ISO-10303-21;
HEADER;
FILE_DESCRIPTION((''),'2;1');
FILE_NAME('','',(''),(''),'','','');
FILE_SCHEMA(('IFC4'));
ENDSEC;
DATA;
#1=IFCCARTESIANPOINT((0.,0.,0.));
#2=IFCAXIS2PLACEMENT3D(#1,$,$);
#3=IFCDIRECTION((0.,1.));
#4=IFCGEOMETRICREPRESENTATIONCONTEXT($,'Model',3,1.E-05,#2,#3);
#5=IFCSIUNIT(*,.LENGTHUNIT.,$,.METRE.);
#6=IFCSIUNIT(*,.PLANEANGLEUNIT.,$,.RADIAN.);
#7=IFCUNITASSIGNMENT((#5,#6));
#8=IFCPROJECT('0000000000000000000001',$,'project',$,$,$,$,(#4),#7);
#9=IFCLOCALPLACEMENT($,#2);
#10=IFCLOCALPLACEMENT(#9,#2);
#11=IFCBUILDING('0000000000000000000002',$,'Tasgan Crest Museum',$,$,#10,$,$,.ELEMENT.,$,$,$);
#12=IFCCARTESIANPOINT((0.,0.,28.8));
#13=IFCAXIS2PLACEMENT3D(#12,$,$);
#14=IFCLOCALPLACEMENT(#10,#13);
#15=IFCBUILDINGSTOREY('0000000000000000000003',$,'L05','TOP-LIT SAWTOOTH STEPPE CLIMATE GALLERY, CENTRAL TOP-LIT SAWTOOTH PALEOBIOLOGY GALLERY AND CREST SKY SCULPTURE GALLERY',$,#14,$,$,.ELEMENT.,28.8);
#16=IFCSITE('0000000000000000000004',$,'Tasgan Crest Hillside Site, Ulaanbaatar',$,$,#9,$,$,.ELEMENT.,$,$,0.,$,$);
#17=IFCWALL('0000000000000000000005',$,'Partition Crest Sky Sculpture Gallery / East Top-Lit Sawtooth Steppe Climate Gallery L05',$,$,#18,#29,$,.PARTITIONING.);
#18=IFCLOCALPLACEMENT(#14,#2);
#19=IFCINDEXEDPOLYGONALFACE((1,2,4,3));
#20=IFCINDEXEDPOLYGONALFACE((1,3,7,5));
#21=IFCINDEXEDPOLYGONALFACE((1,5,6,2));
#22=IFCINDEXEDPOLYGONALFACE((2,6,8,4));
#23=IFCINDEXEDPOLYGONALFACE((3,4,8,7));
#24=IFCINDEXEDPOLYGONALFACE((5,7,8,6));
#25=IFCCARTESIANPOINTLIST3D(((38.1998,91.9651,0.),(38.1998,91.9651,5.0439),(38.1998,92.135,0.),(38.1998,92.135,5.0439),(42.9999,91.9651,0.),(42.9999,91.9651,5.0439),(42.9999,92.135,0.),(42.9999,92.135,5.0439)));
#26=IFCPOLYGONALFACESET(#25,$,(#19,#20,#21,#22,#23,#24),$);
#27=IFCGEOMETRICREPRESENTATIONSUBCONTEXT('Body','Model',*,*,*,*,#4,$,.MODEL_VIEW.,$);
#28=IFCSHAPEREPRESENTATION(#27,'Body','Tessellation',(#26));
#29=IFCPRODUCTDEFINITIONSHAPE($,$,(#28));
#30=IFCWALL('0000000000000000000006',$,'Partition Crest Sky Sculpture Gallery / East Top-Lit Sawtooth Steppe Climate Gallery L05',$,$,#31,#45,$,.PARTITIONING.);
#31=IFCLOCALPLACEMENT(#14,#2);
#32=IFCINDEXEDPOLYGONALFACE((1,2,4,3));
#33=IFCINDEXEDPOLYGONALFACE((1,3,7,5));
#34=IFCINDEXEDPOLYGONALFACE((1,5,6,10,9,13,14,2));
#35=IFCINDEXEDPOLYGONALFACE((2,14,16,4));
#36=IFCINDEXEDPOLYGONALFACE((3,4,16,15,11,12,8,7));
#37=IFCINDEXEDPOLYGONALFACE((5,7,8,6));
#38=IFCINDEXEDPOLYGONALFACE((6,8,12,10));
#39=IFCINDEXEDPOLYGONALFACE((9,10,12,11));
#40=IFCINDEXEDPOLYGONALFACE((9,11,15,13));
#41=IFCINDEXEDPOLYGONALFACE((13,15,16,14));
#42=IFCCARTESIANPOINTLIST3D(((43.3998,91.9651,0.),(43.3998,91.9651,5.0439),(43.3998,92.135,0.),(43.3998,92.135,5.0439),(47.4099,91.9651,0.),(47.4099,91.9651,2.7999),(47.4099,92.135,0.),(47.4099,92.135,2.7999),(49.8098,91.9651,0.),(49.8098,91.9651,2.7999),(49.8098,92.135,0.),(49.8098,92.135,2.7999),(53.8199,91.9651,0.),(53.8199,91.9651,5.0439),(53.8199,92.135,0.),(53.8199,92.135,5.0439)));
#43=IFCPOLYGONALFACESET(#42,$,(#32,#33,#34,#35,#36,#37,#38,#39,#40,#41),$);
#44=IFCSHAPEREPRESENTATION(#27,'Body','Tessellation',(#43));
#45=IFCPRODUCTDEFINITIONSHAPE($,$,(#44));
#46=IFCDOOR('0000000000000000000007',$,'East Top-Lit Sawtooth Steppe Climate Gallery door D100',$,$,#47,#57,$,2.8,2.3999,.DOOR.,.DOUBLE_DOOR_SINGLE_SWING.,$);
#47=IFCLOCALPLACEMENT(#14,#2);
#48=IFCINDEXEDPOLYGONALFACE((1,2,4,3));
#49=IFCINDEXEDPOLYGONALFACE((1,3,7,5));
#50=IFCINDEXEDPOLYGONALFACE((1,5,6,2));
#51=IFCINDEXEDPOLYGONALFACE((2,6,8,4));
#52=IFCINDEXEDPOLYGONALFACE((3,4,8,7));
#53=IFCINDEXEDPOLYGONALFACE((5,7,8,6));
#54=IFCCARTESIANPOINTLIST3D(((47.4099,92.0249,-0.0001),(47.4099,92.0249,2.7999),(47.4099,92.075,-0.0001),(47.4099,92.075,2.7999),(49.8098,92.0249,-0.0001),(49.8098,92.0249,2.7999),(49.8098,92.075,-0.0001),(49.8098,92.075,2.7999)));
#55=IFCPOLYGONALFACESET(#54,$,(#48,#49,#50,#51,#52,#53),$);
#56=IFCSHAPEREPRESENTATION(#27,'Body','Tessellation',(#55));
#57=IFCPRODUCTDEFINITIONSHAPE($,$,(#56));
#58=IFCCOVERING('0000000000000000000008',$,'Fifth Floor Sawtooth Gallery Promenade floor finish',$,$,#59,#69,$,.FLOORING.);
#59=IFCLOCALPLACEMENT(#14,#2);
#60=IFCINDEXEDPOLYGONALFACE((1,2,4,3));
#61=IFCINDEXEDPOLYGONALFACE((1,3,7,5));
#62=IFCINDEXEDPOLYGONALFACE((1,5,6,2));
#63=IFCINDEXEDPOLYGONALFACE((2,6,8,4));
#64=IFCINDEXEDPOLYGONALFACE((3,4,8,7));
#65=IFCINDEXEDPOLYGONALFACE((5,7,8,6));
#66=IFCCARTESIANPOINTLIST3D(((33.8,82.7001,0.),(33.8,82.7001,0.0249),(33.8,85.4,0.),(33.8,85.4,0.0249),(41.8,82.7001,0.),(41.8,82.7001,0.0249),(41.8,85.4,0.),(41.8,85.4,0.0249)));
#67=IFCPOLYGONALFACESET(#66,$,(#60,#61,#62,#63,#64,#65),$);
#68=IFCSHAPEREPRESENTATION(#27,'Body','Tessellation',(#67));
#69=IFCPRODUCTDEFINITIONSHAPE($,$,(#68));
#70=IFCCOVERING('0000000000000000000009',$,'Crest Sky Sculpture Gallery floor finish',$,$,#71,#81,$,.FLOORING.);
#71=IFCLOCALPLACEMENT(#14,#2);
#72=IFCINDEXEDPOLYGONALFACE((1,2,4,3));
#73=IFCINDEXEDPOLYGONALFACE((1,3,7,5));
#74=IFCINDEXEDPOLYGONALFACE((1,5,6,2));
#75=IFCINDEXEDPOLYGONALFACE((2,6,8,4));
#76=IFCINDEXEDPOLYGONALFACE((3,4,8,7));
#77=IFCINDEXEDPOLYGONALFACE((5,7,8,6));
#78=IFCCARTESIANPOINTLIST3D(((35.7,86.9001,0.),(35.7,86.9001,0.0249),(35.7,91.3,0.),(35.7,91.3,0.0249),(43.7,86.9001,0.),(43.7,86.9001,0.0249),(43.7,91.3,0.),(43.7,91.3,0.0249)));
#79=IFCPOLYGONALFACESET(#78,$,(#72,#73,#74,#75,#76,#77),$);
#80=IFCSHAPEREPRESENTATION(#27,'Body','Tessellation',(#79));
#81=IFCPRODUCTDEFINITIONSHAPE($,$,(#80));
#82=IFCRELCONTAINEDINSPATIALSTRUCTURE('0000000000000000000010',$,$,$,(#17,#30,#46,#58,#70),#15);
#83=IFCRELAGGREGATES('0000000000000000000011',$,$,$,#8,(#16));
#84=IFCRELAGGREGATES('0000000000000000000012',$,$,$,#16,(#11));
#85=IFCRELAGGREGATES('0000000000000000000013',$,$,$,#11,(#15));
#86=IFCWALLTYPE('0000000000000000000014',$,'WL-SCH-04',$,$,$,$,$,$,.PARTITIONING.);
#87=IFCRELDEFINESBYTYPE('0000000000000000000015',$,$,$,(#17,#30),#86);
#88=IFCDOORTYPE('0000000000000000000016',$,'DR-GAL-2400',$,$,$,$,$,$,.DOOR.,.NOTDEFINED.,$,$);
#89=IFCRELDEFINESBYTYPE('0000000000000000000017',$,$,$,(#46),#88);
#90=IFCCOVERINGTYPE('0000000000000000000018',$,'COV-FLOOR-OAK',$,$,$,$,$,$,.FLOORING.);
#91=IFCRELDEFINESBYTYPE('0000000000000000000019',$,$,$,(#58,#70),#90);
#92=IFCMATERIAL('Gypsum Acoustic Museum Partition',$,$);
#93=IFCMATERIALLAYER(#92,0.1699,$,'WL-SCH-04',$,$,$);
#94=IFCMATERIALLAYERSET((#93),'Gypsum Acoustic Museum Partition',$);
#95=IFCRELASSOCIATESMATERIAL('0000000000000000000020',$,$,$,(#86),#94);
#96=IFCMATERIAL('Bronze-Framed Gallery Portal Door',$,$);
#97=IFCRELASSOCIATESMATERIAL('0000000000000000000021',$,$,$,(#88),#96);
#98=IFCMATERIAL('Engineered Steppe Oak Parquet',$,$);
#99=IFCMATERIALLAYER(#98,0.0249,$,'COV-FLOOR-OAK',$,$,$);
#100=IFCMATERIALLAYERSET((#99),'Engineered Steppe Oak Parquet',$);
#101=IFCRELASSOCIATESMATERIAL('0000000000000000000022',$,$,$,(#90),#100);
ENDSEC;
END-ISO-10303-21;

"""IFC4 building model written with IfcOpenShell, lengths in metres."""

from ifc_helpers import new_model, si_unit, direction, frame, frame_2d, origin, origin_2d, place, context, subcontext, project, spatial, rectangle, extrude, material, layer, layer_set, type_object, element, fill, save


model = new_model("IFC4")

# Units and contexts
model_context = context("Model", 3, precision=1e-05, world=origin(), true_north=direction((0.0, 1.0)))
body_context = subcontext(model_context, "Body", "Model", "MODEL_VIEW")
ifc_project = project(units=[si_unit("LENGTHUNIT", "METRE"), si_unit("PLANEANGLEUNIT", "RADIAN")], contexts=[model_context])

# Site, building, storey
site_placement = place(None, origin())
site = spatial("IfcSite", under=ifc_project, at=site_placement, Name="Tasgan Crest Hillside Site, Ulaanbaatar", CompositionType="ELEMENT", RefElevation=0.0)
building_placement = place(site_placement, origin())
building = spatial("IfcBuilding", under=site, at=building_placement, Name="Tasgan Crest Museum", CompositionType="ELEMENT")
storey_placement = place(building_placement, frame((0.0, 0.0, 28.8)))
storey = spatial("IfcBuildingStorey", under=building, at=storey_placement, Name="L05", Description="TOP-LIT SAWTOOTH STEPPE CLIMATE GALLERY, CENTRAL TOP-LIT SAWTOOTH PALEOBIOLOGY GALLERY AND CREST SKY SCULPTURE GALLERY", CompositionType="ELEMENT", Elevation=28.8)

# Wall
ifc_material_1 = material(Name="Gypsum Acoustic Museum Partition")
ifc_layer_1 = layer(ifc_material_1, 0.1699, Name="WL-SCH-04")
ifc_layer_set_1 = layer_set([ifc_layer_1], Name="Gypsum Acoustic Museum Partition")
wall_type_1 = type_object("IfcWallType", Name="WL-SCH-04", PredefinedType="PARTITIONING", material=ifc_layer_set_1)
wall_1_placement = place(storey_placement, frame((38.2, 92.05, 0.0), z_axis=(0.0, 0.0, 1.0), x_axis=(1.0, 0.0, 0.0)))
element("IfcWall", 1, at=wall_1_placement, inside=storey, type_object=wall_type_1, Name="Partition Crest Sky Sculpture Gallery / East Top-Lit Sawtooth Steppe Climate Gallery L05", PredefinedType="PARTITIONING", context=body_context, shape_type="SweptSolid", body=[
    extrude(rectangle(XDim=4.8, YDim=0.1699, at=frame_2d((2.3999, 0.0))), origin(), (0.0, 0.0, 1.0), 5.0439),
])

# Wall, opening, door
wall_2_placement = place(storey_placement, frame((43.3999, 92.05, 0.0), z_axis=(0.0, 0.0, 1.0), x_axis=(1.0, 0.0, 0.0)))
wall_2 = element("IfcWall", 2, at=wall_2_placement, inside=storey, type_object=wall_type_1, Name="Partition Crest Sky Sculpture Gallery / East Top-Lit Sawtooth Steppe Climate Gallery L05", PredefinedType="PARTITIONING", context=body_context, shape_type="SweptSolid", body=[
    extrude(rectangle(XDim=10.4202, YDim=0.1699, at=frame_2d((5.21, 0.0))), origin(), (0.0, 0.0, 1.0), 5.0439),
])
opening_1_placement = place(wall_2_placement, frame((4.01, 0.0, 0.0)))
opening_1 = element("IfcOpeningElement", 3, at=opening_1_placement, cuts=wall_2, PredefinedType="OPENING", context=body_context, shape_type="SweptSolid", body=[
    extrude(rectangle(XDim=2.3999, YDim=2.8, at=frame_2d((1.2, 1.3999))), frame((0.0, 0.095, 0.0), z_axis=(0.0, -1.0, 0.0), x_axis=(1.0, 0.0, 0.0)), (0.0, 0.0, 1.0), 0.1899),
])
ifc_material_2 = material(Name="Bronze-Framed Gallery Portal Door")
door_type = type_object("IfcDoorType", Name="DR-GAL-2400", OperationType="NOTDEFINED", PredefinedType="DOOR", material=ifc_material_2)
door_placement = place(opening_1_placement, origin())
door = element("IfcDoor", 4, at=door_placement, inside=storey, type_object=door_type, Name="East Top-Lit Sawtooth Steppe Climate Gallery door D100", OperationType="DOUBLE_DOOR_SINGLE_SWING", OverallHeight=2.8, OverallWidth=2.3999, PredefinedType="DOOR", context=body_context, shape_type="SweptSolid", body=[
    extrude(rectangle(XDim=2.3999, YDim=2.8, at=frame_2d((1.2, 1.3999))), frame((0.0, 0.0249, 0.0), z_axis=(0.0, -1.0, 0.0), x_axis=(1.0, 0.0, 0.0)), (0.0, 0.0, 1.0), 0.05),
])
fill(opening_1, door)

# Coverings
ifc_material_3 = material(Name="Engineered Steppe Oak Parquet")
ifc_layer_2 = layer(ifc_material_3, 0.0249, Name="COV-FLOOR-OAK")
ifc_layer_set_2 = layer_set([ifc_layer_2], Name="Engineered Steppe Oak Parquet")
covering_type = type_object("IfcCoveringType", Name="COV-FLOOR-OAK", PredefinedType="FLOORING", material=ifc_layer_set_2)
covering_1_placement = place(storey_placement, frame((37.8, 84.05, 0.0), z_axis=(0.0, 0.0, 1.0), x_axis=(1.0, 0.0, 0.0)))
element("IfcCovering", 5, at=covering_1_placement, inside=storey, type_object=covering_type, Name="Fifth Floor Sawtooth Gallery Promenade floor finish", PredefinedType="FLOORING", context=body_context, shape_type="SweptSolid", body=[
    extrude(rectangle(XDim=8.0, YDim=2.7, at=origin_2d()), origin(), (0.0, 0.0, 1.0), 0.0249),
])
covering_2_placement = place(storey_placement, frame((39.7, 89.1001, 0.0), z_axis=(0.0, 0.0, 1.0), x_axis=(1.0, 0.0, 0.0)))
element("IfcCovering", 6, at=covering_2_placement, inside=storey, type_object=covering_type, Name="Crest Sky Sculpture Gallery floor finish", PredefinedType="FLOORING", context=body_context, shape_type="SweptSolid", body=[
    extrude(rectangle(XDim=8.0, YDim=4.3999, at=origin_2d()), origin(), (0.0, 0.0, 1.0), 0.0249),
])

save(model, "model.ifc")
